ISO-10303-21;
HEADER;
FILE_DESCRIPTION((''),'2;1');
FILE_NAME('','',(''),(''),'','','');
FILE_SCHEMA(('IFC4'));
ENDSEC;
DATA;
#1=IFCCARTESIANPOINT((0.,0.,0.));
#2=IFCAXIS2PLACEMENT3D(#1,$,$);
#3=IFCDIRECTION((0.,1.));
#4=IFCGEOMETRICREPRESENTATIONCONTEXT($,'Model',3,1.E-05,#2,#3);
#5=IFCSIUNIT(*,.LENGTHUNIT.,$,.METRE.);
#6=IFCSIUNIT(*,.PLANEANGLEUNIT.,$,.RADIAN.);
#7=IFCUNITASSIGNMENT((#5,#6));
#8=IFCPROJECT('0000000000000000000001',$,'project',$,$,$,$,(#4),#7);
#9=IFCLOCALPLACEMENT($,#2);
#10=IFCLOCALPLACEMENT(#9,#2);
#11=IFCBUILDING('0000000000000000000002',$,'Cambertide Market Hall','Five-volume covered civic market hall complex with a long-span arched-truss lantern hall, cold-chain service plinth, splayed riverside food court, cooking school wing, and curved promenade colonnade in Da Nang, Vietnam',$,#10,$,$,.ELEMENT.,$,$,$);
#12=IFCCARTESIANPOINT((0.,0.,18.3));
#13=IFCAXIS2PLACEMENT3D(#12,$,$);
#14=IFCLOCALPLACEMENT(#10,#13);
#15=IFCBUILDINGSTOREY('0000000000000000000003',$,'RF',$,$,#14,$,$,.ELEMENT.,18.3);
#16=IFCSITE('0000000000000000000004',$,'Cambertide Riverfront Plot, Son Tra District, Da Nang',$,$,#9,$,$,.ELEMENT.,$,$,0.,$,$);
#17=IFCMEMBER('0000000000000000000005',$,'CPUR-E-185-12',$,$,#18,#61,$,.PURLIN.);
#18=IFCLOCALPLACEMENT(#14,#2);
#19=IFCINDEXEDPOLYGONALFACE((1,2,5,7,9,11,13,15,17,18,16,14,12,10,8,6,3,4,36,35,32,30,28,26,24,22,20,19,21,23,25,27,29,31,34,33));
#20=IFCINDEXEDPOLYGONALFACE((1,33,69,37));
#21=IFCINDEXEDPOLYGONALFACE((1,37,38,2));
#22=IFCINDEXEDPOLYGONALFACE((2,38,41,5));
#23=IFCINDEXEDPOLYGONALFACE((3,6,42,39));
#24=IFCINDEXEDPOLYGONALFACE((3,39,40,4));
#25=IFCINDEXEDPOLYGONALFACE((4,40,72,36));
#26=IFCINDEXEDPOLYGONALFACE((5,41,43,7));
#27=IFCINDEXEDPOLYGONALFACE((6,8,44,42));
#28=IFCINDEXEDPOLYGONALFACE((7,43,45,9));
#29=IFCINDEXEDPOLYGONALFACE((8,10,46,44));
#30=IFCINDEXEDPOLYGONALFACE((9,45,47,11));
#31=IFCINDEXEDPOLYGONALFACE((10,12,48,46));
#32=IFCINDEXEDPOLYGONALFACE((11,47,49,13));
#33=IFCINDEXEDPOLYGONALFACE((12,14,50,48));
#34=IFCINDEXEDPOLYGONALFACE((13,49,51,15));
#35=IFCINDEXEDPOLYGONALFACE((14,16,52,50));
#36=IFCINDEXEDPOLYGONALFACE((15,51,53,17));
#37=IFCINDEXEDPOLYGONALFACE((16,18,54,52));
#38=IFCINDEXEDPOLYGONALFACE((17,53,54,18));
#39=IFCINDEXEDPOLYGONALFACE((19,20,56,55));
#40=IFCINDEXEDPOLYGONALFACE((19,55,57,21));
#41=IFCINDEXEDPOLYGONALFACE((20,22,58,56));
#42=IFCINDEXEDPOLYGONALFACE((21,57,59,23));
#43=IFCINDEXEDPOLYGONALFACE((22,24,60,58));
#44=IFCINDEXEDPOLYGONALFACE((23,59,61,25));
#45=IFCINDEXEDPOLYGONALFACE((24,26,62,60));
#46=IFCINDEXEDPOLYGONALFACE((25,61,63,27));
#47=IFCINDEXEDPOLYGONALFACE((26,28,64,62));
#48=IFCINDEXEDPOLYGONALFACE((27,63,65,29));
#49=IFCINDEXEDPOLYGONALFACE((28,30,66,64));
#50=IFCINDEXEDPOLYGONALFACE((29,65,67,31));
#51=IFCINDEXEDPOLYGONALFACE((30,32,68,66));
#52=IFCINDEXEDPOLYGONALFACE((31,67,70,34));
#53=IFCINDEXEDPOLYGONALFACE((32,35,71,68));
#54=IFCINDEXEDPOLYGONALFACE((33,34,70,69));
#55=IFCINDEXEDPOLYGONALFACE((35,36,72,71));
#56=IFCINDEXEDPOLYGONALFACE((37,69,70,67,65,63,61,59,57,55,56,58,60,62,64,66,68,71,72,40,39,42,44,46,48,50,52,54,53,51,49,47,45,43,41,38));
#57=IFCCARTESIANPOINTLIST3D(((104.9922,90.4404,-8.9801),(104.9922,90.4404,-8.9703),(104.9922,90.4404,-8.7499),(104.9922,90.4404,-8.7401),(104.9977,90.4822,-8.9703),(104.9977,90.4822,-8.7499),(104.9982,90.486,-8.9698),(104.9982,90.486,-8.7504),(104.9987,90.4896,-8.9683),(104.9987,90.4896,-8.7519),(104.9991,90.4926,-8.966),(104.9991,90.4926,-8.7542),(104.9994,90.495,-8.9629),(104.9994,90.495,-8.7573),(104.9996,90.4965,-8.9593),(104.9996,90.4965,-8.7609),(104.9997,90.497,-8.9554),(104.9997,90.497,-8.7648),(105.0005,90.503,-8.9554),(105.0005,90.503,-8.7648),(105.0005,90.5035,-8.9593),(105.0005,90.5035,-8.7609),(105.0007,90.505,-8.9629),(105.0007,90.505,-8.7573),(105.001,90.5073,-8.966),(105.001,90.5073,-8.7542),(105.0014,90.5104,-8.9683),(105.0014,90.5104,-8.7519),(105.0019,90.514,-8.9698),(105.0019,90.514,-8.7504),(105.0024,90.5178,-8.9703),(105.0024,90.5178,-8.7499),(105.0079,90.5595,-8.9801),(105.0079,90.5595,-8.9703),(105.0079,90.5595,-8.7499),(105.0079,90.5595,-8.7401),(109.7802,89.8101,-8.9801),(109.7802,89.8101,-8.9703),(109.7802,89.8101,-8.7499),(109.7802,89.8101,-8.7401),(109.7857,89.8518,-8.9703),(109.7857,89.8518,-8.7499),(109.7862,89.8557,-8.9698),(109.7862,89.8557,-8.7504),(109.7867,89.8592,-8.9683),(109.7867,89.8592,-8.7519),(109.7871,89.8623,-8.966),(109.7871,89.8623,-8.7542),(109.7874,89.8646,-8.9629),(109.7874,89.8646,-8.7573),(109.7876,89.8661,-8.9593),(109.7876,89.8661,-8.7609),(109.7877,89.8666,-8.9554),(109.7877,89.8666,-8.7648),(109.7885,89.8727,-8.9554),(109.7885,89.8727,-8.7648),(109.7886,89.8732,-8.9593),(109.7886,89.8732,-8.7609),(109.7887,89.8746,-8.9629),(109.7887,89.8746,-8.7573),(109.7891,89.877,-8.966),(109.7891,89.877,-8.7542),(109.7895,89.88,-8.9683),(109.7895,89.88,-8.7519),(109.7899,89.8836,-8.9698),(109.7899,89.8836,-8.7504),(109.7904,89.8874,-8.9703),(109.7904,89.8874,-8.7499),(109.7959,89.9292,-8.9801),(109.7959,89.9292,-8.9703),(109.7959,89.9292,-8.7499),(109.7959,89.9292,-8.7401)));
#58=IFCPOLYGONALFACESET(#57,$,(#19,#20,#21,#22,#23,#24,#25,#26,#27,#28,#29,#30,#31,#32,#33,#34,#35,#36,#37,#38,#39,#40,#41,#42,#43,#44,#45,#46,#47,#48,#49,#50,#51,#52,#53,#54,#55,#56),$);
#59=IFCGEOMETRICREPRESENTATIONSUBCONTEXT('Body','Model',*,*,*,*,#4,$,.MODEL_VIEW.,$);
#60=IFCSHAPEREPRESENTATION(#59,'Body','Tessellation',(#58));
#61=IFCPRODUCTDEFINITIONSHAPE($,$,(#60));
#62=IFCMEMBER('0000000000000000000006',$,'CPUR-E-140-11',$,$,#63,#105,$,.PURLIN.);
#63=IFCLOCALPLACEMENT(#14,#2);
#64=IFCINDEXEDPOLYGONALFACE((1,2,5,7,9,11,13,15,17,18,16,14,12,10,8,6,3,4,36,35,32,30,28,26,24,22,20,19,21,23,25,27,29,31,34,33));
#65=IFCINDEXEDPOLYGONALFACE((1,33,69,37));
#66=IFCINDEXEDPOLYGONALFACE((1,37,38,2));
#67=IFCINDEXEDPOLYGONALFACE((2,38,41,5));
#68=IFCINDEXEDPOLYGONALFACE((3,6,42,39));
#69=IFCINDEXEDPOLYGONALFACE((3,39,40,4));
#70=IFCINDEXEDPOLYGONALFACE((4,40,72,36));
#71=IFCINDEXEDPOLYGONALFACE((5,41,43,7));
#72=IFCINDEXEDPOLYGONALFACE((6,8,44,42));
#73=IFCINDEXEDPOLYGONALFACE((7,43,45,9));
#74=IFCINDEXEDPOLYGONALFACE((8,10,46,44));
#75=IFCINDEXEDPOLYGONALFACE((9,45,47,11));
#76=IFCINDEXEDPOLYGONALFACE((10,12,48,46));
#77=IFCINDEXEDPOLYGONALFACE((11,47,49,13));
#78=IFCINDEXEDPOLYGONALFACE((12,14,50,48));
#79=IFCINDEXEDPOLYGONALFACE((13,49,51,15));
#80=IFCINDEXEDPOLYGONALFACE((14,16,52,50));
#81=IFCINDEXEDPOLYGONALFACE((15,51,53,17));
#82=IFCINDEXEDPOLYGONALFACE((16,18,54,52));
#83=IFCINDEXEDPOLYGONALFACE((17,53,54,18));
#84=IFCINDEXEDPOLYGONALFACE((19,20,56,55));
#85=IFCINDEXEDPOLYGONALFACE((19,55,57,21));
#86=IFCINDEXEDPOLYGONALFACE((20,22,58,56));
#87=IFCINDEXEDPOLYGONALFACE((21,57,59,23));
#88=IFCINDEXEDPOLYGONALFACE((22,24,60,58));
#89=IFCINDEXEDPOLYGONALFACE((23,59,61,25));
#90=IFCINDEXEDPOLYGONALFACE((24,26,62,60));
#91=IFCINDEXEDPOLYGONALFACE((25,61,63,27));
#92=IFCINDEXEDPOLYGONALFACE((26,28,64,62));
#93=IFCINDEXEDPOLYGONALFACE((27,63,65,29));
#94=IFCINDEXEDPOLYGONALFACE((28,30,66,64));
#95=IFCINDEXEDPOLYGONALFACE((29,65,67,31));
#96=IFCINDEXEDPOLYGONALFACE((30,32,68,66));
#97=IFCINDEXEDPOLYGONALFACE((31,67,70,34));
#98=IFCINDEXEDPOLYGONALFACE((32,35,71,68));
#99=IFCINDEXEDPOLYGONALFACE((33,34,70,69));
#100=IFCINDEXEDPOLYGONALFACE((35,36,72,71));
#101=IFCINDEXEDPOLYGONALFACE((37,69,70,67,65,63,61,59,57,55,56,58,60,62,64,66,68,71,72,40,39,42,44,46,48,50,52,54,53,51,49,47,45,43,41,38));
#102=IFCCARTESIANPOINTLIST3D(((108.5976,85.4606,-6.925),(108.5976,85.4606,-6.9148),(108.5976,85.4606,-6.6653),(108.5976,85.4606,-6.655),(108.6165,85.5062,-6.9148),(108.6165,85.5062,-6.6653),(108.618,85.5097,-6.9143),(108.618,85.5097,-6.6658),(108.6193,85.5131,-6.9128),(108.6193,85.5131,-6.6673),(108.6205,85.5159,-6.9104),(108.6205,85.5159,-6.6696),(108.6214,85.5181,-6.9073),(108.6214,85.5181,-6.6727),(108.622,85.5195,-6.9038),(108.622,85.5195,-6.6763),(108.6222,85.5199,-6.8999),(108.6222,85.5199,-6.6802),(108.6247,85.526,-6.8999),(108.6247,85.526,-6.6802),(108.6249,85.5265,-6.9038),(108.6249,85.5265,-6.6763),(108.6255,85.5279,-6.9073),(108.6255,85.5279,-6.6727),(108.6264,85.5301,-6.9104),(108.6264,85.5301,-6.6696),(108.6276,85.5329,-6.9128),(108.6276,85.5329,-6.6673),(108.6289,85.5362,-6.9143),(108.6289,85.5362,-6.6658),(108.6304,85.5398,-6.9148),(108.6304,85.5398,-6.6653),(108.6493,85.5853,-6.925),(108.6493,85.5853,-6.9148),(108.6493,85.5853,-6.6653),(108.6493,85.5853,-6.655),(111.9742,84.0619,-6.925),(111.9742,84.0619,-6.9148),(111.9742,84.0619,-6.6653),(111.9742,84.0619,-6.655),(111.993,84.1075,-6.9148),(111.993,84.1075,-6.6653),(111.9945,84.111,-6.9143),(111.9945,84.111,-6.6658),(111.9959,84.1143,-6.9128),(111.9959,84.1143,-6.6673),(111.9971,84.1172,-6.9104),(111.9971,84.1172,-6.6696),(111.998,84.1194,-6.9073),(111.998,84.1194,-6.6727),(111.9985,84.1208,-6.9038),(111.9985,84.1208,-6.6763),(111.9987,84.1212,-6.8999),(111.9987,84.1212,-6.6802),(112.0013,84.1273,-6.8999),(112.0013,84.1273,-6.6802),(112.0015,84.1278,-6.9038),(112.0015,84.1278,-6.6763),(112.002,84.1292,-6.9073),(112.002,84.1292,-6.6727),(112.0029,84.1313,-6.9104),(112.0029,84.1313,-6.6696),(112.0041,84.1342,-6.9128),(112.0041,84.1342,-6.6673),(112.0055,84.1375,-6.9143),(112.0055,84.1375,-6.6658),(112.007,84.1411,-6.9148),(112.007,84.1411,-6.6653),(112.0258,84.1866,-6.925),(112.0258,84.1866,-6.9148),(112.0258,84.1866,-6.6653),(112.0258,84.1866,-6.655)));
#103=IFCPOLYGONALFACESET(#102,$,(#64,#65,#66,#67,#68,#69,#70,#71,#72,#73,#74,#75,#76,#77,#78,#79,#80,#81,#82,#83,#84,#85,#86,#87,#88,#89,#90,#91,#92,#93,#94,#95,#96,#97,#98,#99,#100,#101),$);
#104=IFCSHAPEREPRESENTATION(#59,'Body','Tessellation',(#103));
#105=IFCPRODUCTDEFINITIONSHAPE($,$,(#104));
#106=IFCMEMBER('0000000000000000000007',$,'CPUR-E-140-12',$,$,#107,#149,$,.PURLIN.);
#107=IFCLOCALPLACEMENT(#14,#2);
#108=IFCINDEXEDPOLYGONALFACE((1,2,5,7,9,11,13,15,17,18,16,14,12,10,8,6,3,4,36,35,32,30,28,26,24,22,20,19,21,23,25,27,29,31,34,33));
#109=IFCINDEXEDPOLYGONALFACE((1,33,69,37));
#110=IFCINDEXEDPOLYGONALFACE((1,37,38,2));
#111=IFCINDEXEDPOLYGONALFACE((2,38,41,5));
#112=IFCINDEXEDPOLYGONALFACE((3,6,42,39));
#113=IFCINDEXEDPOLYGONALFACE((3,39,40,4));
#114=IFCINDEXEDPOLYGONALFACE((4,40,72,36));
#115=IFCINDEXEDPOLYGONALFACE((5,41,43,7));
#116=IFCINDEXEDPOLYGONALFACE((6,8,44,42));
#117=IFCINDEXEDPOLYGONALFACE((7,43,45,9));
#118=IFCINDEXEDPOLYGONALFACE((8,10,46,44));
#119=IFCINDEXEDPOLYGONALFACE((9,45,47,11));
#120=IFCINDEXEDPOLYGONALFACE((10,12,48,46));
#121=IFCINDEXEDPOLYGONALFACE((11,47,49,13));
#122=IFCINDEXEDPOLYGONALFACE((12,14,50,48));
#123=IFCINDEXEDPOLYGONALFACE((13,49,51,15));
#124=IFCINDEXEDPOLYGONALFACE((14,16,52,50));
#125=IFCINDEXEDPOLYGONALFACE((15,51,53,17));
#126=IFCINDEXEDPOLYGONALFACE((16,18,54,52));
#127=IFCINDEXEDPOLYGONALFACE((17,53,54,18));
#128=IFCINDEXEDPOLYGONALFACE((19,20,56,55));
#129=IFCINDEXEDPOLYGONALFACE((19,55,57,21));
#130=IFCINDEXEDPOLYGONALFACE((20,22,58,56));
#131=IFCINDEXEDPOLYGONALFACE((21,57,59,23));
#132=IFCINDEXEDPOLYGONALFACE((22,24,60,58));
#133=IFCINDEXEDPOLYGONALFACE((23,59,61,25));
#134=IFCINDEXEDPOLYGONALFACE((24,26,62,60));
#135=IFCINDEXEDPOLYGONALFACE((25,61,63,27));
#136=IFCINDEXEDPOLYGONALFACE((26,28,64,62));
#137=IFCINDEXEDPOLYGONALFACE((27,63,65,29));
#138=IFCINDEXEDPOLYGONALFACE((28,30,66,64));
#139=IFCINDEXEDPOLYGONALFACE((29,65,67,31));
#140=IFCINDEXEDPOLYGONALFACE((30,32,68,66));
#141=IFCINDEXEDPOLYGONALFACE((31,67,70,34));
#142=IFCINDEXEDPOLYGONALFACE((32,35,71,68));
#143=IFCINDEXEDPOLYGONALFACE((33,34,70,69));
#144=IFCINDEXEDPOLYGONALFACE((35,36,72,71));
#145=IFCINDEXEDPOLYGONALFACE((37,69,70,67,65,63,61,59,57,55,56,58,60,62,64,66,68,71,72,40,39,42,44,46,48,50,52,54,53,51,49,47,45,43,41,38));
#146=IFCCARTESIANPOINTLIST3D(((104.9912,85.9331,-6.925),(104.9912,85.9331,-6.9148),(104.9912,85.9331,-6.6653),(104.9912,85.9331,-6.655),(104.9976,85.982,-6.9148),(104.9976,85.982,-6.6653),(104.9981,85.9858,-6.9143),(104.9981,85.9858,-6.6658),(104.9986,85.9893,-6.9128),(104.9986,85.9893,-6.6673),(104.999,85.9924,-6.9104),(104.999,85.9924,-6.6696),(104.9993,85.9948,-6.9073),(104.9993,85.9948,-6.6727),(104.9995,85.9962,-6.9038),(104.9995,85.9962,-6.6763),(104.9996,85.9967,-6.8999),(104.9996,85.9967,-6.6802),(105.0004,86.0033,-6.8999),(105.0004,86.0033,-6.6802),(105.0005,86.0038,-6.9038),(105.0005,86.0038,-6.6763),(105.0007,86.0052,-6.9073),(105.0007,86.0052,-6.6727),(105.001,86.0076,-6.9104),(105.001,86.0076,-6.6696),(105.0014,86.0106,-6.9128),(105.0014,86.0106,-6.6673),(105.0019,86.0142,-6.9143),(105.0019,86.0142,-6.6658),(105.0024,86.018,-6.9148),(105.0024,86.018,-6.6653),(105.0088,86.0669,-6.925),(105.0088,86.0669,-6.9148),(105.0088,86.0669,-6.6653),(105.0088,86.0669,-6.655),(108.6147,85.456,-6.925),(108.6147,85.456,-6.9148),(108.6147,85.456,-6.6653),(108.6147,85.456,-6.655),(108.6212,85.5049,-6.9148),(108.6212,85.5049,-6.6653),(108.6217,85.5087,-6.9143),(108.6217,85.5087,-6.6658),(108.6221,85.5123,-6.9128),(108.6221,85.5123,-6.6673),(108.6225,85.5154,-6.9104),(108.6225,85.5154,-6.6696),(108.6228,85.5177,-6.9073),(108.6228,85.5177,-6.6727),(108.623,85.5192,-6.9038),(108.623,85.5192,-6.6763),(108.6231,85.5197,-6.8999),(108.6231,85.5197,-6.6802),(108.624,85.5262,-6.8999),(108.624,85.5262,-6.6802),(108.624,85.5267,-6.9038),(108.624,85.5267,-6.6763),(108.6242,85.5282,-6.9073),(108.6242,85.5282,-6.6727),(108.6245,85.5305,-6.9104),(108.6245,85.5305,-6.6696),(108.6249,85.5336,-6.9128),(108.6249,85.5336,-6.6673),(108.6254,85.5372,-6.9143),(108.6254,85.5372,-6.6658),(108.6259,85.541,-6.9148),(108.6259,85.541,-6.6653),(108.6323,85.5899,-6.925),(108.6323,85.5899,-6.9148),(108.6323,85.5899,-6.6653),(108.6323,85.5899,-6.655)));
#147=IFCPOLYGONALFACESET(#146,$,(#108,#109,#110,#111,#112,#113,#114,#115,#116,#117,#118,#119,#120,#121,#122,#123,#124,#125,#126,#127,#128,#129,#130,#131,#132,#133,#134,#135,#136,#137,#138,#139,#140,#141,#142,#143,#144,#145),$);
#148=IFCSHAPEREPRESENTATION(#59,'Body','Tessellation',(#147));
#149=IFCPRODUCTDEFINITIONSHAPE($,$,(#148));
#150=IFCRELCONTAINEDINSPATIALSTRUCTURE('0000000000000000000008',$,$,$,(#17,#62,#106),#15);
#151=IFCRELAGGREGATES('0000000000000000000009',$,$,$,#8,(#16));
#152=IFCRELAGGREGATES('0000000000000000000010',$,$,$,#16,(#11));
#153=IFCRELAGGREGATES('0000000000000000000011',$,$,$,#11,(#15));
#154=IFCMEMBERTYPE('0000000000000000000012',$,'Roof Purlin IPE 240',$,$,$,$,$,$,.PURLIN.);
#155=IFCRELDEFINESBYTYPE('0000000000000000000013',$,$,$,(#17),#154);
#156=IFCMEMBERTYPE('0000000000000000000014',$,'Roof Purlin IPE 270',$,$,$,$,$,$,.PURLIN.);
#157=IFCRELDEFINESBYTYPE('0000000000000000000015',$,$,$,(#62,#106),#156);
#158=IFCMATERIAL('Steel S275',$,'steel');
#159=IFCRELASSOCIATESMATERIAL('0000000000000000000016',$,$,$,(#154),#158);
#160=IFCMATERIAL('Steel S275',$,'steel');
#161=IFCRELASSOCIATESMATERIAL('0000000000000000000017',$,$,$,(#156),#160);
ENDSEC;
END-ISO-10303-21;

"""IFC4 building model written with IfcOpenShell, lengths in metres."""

from ifc_helpers import new_model, si_unit, direction, frame, origin, origin_2d, place, context, subcontext, project, spatial, i_section, extrude, material, material_profile, profile_set, type_object, element, save


model = new_model("IFC4")

# Units and contexts
model_context = context("Model", 3, precision=1e-05, world=origin(), true_north=direction((0.0, 1.0)))
body_context = subcontext(model_context, "Body", "Model", "MODEL_VIEW")
ifc_project = project(units=[si_unit("LENGTHUNIT", "METRE"), si_unit("PLANEANGLEUNIT", "RADIAN")], contexts=[model_context])

# Site, building, storey
site_placement = place(None, origin())
site = spatial("IfcSite", under=ifc_project, at=site_placement, Name="Cambertide Riverfront Plot, Son Tra District, Da Nang", CompositionType="ELEMENT", RefElevation=0.0)
building_placement = place(site_placement, origin())
building = spatial("IfcBuilding", under=site, at=building_placement, Name="Cambertide Market Hall", Description="Five-volume covered civic market hall complex with a long-span arched-truss lantern hall, cold-chain service plinth, splayed riverside food court, cooking school wing, and curved promenade colonnade in Da Nang, Vietnam", CompositionType="ELEMENT")
storey_placement = place(building_placement, frame((0.0, 0.0, 18.3)))
storey = spatial("IfcBuildingStorey", under=building, at=storey_placement, Name="RF", CompositionType="ELEMENT", Elevation=18.3)

# Members
ifc_material_1 = material(Name="Steel S275", Category="steel")
ifc_material_profile_1 = material_profile(ifc_material_1, i_section(OverallWidth=0.1201, OverallDepth=0.24, WebThickness=0.0061, FlangeThickness=0.0098, FilletRadius=0.0149, at=origin_2d()), Name="IPE 240")
ifc_profile_set_1 = profile_set([ifc_material_profile_1], Name="Steel S275")
member_type_1 = type_object("IfcMemberType", Name="Roof Purlin IPE 240", PredefinedType="PURLIN", material=ifc_profile_set_1)
member_1_placement = place(storey_placement, frame((109.7881, 89.8696, -8.8601), z_axis=(-0.991445, 0.130528, 0.0), x_axis=(-0.130528, -0.991445, 0.0)))
element("IfcMember", 1, at=member_1_placement, inside=storey, type_object=member_type_1, Name="CPUR-E-185-12", PredefinedType="PURLIN", context=body_context, shape_type="SweptSolid", body=[
    extrude(i_section(OverallWidth=0.1201, OverallDepth=0.24, WebThickness=0.0061, FlangeThickness=0.0098, FilletRadius=0.0149, at=origin_2d()), origin(), (0.0, 0.0, 1.0), 4.8293),
])
ifc_material_2 = material(Name="Steel S275", Category="steel")
ifc_material_profile_2 = material_profile(ifc_material_2, i_section(OverallWidth=0.135, OverallDepth=0.27, WebThickness=0.0066, FlangeThickness=0.0103, FilletRadius=0.0149, at=origin_2d()), Name="IPE 270")
ifc_profile_set_2 = profile_set([ifc_material_profile_2], Name="Steel S275")
member_type_2 = type_object("IfcMemberType", Name="Roof Purlin IPE 270", PredefinedType="PURLIN", material=ifc_profile_set_2)
for number, where, z_axis, x_axis, name in (
    (2, (112.0, 84.1243, -6.79), (-0.923869, 0.382708, 0.0), (-0.382708, -0.923869, 0.0), "CPUR-E-140-11"),
    (3, (108.6235, 85.5229, -6.79), (-0.991445, 0.130527, 0.0), (-0.130527, -0.991445, 0.0), "CPUR-E-140-12"),
):
    element("IfcMember", number, at=place(storey_placement, frame(where, z_axis=z_axis, x_axis=x_axis)), inside=storey, type_object=member_type_2, Name=name, PredefinedType="PURLIN", context=body_context, shape_type="SweptSolid", body=[
        extrude(i_section(OverallWidth=0.135, OverallDepth=0.27, WebThickness=0.0066, FlangeThickness=0.0103, FilletRadius=0.0149, at=origin_2d()), origin(), (0.0, 0.0, 1.0), 3.6548),
    ])

save(model, "model.ifc")
